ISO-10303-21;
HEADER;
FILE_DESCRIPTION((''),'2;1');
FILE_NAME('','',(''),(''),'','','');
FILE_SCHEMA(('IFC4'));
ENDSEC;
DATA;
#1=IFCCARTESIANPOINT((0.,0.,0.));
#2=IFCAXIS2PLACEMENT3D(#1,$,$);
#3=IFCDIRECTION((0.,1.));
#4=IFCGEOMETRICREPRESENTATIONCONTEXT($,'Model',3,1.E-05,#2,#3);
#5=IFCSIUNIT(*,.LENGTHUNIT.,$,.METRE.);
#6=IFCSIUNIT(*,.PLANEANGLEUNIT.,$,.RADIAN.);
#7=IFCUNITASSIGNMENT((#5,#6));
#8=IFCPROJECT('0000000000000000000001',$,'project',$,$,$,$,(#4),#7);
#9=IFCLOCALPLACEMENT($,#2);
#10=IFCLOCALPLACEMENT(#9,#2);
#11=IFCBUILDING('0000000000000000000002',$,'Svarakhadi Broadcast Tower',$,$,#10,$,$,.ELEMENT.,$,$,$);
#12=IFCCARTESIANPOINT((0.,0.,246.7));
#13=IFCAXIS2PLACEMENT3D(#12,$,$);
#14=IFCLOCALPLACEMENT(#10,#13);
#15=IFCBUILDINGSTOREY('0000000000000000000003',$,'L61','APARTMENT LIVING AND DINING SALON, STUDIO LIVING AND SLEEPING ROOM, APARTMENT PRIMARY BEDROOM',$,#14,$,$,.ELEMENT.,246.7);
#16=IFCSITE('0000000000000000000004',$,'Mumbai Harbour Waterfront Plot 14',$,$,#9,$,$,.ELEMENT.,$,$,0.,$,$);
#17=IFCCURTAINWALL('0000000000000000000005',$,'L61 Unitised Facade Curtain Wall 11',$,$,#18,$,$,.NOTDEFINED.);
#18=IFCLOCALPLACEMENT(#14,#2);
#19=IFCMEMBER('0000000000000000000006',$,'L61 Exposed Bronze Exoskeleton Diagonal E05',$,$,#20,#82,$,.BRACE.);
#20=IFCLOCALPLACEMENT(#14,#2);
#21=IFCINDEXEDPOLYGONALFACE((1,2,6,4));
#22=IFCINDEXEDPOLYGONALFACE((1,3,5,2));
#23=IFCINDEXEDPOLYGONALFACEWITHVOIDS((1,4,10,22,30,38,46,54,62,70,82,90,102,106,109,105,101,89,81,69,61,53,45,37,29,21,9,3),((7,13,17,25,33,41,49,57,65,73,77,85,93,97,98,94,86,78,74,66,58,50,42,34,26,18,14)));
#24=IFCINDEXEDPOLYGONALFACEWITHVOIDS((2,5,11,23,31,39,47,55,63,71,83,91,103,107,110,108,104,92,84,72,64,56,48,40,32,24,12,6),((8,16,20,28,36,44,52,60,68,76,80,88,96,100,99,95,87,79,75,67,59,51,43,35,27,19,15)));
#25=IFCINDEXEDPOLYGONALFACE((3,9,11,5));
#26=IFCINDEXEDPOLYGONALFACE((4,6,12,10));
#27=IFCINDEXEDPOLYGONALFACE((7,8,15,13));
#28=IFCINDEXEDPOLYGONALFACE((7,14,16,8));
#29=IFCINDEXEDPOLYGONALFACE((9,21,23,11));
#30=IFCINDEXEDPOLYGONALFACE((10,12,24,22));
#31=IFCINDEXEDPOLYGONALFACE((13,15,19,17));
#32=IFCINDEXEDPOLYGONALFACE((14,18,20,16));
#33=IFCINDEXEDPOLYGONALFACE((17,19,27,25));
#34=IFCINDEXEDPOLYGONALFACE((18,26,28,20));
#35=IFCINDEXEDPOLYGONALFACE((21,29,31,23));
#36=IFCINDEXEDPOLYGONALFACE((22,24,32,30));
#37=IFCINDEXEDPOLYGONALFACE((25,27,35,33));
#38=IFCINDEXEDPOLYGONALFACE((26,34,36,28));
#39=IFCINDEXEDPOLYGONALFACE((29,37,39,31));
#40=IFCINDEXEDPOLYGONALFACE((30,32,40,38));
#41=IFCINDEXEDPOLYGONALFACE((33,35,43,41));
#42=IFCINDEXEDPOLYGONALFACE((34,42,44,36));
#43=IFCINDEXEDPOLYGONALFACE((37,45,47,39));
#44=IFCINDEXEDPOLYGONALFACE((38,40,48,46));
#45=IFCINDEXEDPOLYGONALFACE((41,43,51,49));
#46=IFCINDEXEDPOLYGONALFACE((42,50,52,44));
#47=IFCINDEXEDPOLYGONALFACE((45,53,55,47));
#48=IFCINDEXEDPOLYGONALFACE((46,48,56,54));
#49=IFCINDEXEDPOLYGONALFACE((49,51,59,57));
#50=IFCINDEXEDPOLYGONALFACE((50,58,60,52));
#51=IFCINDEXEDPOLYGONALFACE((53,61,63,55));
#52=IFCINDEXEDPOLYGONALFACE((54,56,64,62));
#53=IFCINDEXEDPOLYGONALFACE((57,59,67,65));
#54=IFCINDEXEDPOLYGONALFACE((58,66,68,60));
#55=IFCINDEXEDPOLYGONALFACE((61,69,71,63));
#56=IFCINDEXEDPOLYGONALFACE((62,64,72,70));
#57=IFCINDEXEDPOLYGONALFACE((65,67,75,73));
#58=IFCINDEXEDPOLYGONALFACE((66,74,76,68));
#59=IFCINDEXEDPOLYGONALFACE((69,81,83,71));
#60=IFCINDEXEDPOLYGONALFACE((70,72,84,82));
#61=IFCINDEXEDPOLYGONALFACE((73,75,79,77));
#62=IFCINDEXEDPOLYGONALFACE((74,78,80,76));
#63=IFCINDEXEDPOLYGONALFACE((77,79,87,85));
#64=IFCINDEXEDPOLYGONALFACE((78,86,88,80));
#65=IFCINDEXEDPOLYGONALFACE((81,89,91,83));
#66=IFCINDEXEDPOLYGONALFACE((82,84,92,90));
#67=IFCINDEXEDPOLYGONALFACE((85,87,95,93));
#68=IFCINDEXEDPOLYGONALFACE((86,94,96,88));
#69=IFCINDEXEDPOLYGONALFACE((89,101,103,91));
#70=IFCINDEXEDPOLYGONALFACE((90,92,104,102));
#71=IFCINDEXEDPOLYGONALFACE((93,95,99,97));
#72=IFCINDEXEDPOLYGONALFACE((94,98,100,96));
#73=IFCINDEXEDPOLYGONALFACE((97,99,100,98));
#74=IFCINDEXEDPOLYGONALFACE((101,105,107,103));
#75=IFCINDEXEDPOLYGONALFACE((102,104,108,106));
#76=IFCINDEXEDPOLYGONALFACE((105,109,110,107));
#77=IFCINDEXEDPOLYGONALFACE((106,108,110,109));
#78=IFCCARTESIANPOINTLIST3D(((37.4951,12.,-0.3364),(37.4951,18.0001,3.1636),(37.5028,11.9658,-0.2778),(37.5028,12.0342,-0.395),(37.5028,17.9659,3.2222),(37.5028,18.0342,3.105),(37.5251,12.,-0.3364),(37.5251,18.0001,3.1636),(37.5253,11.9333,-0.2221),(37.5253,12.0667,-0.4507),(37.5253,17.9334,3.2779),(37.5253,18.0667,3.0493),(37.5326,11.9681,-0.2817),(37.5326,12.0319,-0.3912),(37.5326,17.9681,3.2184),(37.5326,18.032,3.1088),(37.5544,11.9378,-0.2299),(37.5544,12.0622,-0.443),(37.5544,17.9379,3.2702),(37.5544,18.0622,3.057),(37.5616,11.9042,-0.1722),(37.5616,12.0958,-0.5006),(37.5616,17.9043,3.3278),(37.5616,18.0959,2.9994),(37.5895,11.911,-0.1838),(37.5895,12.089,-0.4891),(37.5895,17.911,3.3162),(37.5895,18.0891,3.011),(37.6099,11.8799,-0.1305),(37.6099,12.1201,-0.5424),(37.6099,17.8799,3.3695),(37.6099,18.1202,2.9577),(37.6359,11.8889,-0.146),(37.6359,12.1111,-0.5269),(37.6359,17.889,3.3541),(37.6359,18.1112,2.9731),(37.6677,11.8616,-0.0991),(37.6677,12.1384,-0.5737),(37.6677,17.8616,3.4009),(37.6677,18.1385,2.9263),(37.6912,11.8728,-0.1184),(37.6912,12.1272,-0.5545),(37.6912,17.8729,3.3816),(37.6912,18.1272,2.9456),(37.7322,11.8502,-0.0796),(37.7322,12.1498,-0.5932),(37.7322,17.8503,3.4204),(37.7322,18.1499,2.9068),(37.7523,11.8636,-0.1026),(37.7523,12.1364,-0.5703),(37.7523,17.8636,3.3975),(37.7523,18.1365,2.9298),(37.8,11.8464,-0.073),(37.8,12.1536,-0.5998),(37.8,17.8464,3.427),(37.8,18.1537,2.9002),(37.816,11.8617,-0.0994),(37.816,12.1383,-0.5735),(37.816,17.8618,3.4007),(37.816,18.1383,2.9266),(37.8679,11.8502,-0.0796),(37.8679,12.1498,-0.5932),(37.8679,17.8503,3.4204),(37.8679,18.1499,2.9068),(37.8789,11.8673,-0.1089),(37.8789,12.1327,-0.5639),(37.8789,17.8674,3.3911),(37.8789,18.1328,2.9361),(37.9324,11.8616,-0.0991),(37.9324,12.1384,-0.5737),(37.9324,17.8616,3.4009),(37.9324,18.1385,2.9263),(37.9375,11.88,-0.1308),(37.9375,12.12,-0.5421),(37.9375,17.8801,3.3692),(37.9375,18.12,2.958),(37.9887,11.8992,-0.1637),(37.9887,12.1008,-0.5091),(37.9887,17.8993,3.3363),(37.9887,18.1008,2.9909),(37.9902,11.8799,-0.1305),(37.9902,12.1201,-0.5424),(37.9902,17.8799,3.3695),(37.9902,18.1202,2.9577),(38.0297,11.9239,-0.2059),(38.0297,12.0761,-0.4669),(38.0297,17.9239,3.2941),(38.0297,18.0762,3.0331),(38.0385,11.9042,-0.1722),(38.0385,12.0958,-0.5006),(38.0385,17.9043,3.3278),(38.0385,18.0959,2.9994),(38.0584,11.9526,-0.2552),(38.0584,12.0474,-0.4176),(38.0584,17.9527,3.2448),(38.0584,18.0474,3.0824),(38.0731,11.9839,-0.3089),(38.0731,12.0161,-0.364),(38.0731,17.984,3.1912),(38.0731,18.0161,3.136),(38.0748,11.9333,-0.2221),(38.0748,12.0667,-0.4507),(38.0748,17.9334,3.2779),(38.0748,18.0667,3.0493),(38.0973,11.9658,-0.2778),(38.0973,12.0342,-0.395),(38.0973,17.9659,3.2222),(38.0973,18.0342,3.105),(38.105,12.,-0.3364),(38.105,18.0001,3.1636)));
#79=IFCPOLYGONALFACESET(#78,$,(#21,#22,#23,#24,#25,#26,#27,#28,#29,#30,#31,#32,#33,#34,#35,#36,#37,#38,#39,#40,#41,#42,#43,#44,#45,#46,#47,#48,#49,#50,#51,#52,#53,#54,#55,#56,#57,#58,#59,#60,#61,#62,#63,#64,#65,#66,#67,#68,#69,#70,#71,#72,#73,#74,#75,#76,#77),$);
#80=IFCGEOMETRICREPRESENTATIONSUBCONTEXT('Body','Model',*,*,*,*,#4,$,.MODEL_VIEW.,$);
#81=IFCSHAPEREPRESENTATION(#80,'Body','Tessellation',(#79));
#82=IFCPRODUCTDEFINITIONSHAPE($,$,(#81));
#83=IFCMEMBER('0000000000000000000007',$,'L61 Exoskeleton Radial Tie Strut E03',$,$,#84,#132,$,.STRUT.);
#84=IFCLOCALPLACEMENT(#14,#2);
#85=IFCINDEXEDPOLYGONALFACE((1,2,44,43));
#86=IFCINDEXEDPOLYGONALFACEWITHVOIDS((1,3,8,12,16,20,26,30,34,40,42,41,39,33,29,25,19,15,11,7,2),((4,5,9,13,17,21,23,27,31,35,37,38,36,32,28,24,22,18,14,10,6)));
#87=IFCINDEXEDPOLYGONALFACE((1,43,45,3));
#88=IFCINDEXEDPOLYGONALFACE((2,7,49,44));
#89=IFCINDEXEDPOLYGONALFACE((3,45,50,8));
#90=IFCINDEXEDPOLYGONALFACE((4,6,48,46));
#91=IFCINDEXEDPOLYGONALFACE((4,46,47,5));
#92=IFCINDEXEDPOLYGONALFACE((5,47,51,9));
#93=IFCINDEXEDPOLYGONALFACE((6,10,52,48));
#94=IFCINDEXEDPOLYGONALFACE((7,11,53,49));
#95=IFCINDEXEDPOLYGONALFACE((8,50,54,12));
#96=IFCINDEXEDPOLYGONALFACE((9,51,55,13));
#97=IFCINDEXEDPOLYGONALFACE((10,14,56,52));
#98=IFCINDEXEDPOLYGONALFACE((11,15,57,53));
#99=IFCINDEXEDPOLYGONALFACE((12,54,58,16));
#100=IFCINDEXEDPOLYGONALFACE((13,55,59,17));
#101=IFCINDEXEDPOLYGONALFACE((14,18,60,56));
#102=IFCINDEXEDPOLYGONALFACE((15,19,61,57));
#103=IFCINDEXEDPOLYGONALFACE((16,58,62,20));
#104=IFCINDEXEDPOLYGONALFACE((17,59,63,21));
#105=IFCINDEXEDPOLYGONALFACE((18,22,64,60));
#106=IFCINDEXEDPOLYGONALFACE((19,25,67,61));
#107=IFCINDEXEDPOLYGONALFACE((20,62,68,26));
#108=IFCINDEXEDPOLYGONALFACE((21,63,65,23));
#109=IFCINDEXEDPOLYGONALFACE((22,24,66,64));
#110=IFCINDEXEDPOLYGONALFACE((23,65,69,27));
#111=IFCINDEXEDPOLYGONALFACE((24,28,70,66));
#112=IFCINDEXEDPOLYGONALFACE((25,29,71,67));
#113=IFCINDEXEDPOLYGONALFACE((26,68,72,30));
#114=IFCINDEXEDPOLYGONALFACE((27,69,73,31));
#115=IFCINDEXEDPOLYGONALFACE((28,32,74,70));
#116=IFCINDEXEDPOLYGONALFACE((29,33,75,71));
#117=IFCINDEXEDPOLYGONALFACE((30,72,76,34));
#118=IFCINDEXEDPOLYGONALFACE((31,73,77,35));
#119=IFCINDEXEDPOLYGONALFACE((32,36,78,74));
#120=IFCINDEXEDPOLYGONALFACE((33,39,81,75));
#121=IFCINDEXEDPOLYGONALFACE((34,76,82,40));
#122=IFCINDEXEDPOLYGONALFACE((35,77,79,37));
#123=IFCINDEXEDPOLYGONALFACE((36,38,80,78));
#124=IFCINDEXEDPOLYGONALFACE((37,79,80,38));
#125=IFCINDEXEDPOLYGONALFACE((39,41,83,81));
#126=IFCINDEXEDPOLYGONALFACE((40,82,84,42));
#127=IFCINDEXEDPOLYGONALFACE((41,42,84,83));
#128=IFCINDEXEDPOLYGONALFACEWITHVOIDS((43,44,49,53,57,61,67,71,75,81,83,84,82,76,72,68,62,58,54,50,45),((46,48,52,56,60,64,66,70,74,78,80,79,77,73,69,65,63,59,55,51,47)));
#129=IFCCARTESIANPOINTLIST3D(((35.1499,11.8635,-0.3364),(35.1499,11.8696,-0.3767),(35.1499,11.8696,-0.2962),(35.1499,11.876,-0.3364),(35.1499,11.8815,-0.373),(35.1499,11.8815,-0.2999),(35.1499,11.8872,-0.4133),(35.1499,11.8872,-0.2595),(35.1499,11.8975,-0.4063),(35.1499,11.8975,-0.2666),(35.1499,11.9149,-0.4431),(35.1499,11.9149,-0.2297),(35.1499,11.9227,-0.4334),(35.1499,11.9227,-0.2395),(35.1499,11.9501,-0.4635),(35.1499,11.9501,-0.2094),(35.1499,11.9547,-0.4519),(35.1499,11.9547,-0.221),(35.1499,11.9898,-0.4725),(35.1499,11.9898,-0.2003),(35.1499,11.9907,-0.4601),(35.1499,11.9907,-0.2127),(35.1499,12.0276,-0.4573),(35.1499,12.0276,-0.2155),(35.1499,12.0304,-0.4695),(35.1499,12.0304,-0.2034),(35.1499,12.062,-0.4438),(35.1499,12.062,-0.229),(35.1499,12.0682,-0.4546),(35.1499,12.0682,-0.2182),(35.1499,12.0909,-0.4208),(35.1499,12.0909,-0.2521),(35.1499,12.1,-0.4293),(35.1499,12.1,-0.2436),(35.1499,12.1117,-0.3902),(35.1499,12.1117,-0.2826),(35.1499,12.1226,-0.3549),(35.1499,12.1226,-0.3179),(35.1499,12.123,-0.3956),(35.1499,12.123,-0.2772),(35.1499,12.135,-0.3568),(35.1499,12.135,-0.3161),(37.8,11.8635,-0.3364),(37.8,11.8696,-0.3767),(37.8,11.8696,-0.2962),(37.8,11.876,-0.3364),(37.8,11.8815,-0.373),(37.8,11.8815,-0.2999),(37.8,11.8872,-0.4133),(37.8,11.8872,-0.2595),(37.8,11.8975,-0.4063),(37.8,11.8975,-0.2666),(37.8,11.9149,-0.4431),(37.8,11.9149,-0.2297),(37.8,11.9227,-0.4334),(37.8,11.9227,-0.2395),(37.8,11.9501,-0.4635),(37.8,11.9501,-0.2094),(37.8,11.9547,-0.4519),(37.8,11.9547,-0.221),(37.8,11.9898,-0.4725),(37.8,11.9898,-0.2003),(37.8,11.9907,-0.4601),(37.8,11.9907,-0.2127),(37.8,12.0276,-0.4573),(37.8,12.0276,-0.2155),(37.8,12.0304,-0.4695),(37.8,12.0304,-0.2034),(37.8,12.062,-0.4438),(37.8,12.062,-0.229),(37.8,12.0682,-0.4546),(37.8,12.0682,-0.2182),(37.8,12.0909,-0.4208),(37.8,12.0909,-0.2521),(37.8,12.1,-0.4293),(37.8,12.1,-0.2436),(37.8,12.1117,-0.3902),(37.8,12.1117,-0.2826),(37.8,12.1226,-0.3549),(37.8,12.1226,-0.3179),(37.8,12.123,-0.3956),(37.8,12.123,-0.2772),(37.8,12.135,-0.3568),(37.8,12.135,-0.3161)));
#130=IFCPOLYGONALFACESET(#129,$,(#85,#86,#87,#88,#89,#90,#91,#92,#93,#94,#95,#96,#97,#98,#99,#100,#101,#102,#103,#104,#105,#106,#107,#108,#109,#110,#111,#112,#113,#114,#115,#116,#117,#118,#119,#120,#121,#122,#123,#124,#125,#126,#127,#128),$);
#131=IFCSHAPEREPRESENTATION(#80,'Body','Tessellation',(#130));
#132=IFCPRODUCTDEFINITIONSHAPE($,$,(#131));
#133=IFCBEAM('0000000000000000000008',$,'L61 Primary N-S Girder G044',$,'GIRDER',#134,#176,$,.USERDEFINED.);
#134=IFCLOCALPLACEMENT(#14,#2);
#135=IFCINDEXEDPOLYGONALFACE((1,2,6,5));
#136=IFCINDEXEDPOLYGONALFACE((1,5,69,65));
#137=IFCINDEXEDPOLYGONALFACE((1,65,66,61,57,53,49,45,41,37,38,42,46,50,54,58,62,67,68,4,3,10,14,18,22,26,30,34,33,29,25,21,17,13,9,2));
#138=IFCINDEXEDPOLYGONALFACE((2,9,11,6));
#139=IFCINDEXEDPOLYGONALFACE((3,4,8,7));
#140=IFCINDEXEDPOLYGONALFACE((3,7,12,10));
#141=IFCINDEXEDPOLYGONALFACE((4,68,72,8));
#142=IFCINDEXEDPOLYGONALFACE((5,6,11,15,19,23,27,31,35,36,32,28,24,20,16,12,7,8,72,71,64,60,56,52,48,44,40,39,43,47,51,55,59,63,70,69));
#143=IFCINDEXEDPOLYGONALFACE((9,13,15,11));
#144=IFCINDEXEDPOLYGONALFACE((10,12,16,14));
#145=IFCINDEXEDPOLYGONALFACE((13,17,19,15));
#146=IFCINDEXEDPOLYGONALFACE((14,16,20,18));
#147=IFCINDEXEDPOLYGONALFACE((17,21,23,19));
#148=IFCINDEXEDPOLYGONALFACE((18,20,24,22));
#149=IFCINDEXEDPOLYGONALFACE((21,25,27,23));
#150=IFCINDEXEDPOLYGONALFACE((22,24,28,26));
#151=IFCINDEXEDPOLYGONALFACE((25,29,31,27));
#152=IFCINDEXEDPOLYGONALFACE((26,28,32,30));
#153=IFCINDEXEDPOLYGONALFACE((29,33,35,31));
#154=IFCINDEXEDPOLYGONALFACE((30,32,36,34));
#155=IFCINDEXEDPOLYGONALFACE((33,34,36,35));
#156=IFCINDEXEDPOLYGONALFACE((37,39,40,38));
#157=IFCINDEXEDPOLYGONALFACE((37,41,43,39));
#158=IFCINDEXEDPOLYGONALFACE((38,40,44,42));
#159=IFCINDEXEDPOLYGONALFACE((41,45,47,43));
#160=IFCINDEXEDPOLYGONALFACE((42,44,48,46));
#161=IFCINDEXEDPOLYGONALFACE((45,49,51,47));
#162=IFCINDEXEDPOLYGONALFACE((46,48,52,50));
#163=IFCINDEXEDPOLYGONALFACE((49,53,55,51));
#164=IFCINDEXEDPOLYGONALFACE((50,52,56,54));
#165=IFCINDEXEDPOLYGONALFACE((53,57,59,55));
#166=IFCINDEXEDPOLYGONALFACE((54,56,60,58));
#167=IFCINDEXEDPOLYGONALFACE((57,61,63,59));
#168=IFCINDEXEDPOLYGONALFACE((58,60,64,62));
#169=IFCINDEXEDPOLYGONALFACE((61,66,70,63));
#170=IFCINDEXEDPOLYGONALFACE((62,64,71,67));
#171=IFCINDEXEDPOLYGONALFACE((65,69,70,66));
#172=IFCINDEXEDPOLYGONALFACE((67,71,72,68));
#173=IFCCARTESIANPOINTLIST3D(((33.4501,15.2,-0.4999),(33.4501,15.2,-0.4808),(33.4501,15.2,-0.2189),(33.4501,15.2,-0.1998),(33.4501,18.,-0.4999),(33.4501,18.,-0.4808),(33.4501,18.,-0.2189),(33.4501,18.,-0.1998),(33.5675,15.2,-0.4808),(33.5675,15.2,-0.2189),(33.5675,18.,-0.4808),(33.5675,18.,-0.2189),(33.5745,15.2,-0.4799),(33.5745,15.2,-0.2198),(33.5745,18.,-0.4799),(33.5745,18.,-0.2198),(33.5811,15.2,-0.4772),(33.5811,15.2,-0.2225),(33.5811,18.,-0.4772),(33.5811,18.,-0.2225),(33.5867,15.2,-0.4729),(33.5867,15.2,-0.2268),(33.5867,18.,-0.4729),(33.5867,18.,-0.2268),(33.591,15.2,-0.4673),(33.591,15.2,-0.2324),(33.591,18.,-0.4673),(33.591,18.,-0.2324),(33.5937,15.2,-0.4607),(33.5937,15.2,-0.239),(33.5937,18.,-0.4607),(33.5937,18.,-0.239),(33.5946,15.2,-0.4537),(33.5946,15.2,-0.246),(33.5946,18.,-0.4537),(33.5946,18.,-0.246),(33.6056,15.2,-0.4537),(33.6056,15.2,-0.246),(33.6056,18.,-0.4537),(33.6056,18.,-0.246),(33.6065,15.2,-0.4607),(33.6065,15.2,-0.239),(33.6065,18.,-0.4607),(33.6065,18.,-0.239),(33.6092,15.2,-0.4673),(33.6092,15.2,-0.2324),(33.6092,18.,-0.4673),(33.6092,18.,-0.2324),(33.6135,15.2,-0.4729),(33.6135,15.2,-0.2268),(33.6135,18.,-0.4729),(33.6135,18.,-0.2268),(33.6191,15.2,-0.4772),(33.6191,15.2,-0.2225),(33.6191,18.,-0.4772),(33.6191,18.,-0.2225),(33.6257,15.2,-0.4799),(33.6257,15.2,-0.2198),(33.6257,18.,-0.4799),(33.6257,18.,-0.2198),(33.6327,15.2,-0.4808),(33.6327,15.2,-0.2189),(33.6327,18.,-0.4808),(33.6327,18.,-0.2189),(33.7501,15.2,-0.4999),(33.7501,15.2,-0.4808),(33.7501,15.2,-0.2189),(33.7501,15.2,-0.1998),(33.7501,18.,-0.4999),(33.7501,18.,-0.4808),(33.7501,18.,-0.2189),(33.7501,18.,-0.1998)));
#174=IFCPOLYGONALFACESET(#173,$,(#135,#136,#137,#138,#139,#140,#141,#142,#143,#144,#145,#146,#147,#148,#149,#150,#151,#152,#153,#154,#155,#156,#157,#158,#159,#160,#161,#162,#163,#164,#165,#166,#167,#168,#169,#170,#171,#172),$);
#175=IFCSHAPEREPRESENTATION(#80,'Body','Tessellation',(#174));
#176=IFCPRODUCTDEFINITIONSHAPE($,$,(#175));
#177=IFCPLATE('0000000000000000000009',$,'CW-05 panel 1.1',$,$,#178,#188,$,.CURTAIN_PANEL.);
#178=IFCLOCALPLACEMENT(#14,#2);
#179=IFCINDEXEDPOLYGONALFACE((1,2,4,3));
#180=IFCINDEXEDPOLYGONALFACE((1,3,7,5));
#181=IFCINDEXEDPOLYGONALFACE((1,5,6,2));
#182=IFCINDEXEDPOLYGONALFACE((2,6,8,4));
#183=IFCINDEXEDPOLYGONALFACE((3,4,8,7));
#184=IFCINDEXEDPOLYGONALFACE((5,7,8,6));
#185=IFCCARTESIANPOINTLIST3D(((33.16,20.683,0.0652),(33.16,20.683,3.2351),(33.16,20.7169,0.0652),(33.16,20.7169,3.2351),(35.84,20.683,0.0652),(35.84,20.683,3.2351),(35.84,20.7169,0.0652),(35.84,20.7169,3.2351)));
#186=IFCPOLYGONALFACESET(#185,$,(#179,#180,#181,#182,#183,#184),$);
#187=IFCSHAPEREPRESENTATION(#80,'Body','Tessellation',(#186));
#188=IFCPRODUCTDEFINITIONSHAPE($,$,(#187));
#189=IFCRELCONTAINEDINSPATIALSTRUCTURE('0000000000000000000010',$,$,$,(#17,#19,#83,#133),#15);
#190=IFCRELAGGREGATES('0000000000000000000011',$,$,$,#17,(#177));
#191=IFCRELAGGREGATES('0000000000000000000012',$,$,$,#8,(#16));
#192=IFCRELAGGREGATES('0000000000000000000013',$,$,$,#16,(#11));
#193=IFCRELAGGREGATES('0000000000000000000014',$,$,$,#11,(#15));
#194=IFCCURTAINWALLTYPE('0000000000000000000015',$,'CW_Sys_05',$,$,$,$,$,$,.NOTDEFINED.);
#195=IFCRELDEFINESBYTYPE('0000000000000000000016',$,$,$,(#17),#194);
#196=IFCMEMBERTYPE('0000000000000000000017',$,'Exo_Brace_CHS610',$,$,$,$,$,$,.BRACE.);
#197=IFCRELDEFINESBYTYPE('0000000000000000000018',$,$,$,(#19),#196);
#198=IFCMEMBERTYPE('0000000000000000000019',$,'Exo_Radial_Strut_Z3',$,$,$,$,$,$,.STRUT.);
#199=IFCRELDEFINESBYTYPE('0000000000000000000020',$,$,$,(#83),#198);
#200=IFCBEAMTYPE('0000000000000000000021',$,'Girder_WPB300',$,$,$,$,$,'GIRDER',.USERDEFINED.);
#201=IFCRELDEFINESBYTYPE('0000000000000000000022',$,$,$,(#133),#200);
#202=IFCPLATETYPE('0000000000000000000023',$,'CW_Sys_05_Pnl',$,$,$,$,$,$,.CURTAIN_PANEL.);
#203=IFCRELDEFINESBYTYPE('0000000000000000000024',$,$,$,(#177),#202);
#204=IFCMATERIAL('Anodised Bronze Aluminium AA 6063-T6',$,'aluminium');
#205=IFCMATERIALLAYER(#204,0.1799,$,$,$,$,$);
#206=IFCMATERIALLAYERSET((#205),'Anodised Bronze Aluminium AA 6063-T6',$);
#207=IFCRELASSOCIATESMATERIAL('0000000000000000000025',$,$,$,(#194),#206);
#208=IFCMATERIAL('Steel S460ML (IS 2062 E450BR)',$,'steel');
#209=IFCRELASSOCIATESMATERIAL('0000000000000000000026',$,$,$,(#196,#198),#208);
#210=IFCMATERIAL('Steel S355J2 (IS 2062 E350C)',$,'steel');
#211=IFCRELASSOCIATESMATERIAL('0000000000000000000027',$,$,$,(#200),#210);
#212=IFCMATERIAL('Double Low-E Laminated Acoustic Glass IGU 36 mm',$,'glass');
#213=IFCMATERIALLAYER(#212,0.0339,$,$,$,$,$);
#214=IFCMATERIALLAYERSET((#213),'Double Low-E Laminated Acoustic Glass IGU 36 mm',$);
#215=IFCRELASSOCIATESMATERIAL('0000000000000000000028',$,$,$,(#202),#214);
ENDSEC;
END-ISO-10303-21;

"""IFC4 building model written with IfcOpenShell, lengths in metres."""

from ifc_helpers import new_model, si_unit, direction, frame, origin, origin_2d, place, context, subcontext, project, spatial, rectangle, hollow_circle, i_section, extrude, material, layer, layer_set, material_profile, profile_set, type_object, element, aggregate, save


model = new_model("IFC4")

# Units and contexts
model_context = context("Model", 3, precision=1e-05, world=origin(), true_north=direction((0.0, 1.0)))
body_context = subcontext(model_context, "Body", "Model", "MODEL_VIEW")
ifc_project = project(units=[si_unit("LENGTHUNIT", "METRE"), si_unit("PLANEANGLEUNIT", "RADIAN")], contexts=[model_context])

# Site, building, storey
site_placement = place(None, origin())
site = spatial("IfcSite", under=ifc_project, at=site_placement, Name="Mumbai Harbour Waterfront Plot 14", CompositionType="ELEMENT", RefElevation=0.0)
building_placement = place(site_placement, origin())
building = spatial("IfcBuilding", under=site, at=building_placement, Name="Svarakhadi Broadcast Tower", CompositionType="ELEMENT")
storey_placement = place(building_placement, frame((0.0, 0.0, 246.7)))
storey = spatial("IfcBuildingStorey", under=building, at=storey_placement, Name="L61", Description="APARTMENT LIVING AND DINING SALON, STUDIO LIVING AND SLEEPING ROOM, APARTMENT PRIMARY BEDROOM", CompositionType="ELEMENT", Elevation=246.7)

# Shared definitions
ifc_material_1 = material(Name="Steel S460ML (IS 2062 E450BR)", Category="steel")

# Curtain wall
ifc_material_2 = material(Name="Anodised Bronze Aluminium AA 6063-T6", Category="aluminium")
ifc_layer_1 = layer(ifc_material_2, 0.1799)
ifc_layer_set_1 = layer_set([ifc_layer_1], Name="Anodised Bronze Aluminium AA 6063-T6")
curtain_wall_type = type_object("IfcCurtainWallType", Name="CW_Sys_05", PredefinedType="NOTDEFINED", material=ifc_layer_set_1)
curtain_wall_1_placement = place(storey_placement, origin())
curtain_wall_1 = element("IfcCurtainWall", 1, at=curtain_wall_1_placement, inside=storey, type_object=curtain_wall_type, Name="L61 Unitised Facade Curtain Wall 11", PredefinedType="NOTDEFINED")

# Members
ifc_material_profile_1 = material_profile(ifc_material_1, hollow_circle(Radius=0.3049, WallThickness=0.03, at=origin_2d()), Name="CHS 610x30")
ifc_profile_set_1 = profile_set([ifc_material_profile_1], Name="Steel S460ML (IS 2062 E450BR)")
member_type_1 = type_object("IfcMemberType", Name="Exo_Brace_CHS610", PredefinedType="BRACE", material=ifc_profile_set_1)
for number, where, z_axis, x_axis, name in (
    (2, (37.8, 12.0, -0.3364), (0.0, 0.863779, 0.503871), (-1.0, 0.0, 0.0), "L61 Exposed Bronze Exoskeleton Diagonal E05"),
):
    element("IfcMember", number, at=place(storey_placement, frame(where, z_axis=z_axis, x_axis=x_axis)), inside=storey, type_object=member_type_1, Name=name, PredefinedType="BRACE", context=body_context, shape_type="SweptSolid", body=[
        extrude(hollow_circle(Radius=0.3049, WallThickness=0.03, at=origin_2d()), origin(), (0.0, 0.0, 1.0), 6.9463),
    ])
ifc_material_profile_2 = material_profile(ifc_material_1, hollow_circle(Radius=0.1365, WallThickness=0.0125, at=origin_2d()), Name="CHS 273x12.5")
ifc_profile_set_2 = profile_set([ifc_material_profile_2], Name="Steel S460ML (IS 2062 E450BR)")
member_type_2 = type_object("IfcMemberType", Name="Exo_Radial_Strut_Z3", PredefinedType="STRUT", material=ifc_profile_set_2)
member_1_placement = place(storey_placement, frame((37.8, 12.0, -0.3364), z_axis=(-1.0, 0.0, 0.0), x_axis=(0.0, -1.0, 0.0)))
element("IfcMember", 3, at=member_1_placement, inside=storey, type_object=member_type_2, Name="L61 Exoskeleton Radial Tie Strut E03", PredefinedType="STRUT", context=body_context, shape_type="SweptSolid", body=[
    extrude(hollow_circle(Radius=0.1365, WallThickness=0.0125, at=origin_2d()), origin(), (0.0, 0.0, 1.0), 2.6501),
])

# Beam
ifc_material_3 = material(Name="Steel S355J2 (IS 2062 E350C)", Category="steel")
ifc_material_profile_3 = material_profile(ifc_material_3, i_section(OverallWidth=0.3, OverallDepth=0.3, WebThickness=0.011, FlangeThickness=0.019, FilletRadius=0.0271, at=origin_2d()), Name="WPB 300x300x117")
ifc_profile_set_3 = profile_set([ifc_material_profile_3], Name="Steel S355J2 (IS 2062 E350C)")
beam_type = type_object("IfcBeamType", Name="Girder_WPB300", ElementType="GIRDER", PredefinedType="USERDEFINED", material=ifc_profile_set_3)
beam_placement = place(storey_placement, frame((33.6001, 15.2, -0.3499), z_axis=(0.0, 1.0, 0.0), x_axis=(-1.0, 0.0, 0.0)))
element("IfcBeam", 4, at=beam_placement, inside=storey, type_object=beam_type, Name="L61 Primary N-S Girder G044", ObjectType="GIRDER", PredefinedType="USERDEFINED", context=body_context, shape_type="SweptSolid", body=[
    extrude(i_section(OverallWidth=0.3, OverallDepth=0.3, WebThickness=0.011, FlangeThickness=0.019, FilletRadius=0.0271, at=origin_2d()), origin(), (0.0, 0.0, 1.0), 2.8),
])

# Plate
ifc_material_4 = material(Name="Double Low-E Laminated Acoustic Glass IGU 36 mm", Category="glass")
ifc_layer_2 = layer(ifc_material_4, 0.0339)
ifc_layer_set_2 = layer_set([ifc_layer_2], Name="Double Low-E Laminated Acoustic Glass IGU 36 mm")
plate_type_1 = type_object("IfcPlateType", Name="CW_Sys_05_Pnl", PredefinedType="CURTAIN_PANEL", material=ifc_layer_set_2)
plate_1_placement = place(storey_placement, frame((34.5, 20.7, 0.0652), z_axis=(0.0, 0.0, 1.0), x_axis=(1.0, 0.0, 0.0)))
plate_1 = element("IfcPlate", 5, at=plate_1_placement, type_object=plate_type_1, Name="CW-05 panel 1.1", PredefinedType="CURTAIN_PANEL", context=body_context, shape_type="SweptSolid", body=[
    extrude(rectangle(XDim=2.6799, YDim=0.0339, at=origin_2d()), origin(), (0.0, 0.0, 1.0), 3.1699),
])
aggregate(curtain_wall_1, [plate_1])

save(model, "model.ifc")
